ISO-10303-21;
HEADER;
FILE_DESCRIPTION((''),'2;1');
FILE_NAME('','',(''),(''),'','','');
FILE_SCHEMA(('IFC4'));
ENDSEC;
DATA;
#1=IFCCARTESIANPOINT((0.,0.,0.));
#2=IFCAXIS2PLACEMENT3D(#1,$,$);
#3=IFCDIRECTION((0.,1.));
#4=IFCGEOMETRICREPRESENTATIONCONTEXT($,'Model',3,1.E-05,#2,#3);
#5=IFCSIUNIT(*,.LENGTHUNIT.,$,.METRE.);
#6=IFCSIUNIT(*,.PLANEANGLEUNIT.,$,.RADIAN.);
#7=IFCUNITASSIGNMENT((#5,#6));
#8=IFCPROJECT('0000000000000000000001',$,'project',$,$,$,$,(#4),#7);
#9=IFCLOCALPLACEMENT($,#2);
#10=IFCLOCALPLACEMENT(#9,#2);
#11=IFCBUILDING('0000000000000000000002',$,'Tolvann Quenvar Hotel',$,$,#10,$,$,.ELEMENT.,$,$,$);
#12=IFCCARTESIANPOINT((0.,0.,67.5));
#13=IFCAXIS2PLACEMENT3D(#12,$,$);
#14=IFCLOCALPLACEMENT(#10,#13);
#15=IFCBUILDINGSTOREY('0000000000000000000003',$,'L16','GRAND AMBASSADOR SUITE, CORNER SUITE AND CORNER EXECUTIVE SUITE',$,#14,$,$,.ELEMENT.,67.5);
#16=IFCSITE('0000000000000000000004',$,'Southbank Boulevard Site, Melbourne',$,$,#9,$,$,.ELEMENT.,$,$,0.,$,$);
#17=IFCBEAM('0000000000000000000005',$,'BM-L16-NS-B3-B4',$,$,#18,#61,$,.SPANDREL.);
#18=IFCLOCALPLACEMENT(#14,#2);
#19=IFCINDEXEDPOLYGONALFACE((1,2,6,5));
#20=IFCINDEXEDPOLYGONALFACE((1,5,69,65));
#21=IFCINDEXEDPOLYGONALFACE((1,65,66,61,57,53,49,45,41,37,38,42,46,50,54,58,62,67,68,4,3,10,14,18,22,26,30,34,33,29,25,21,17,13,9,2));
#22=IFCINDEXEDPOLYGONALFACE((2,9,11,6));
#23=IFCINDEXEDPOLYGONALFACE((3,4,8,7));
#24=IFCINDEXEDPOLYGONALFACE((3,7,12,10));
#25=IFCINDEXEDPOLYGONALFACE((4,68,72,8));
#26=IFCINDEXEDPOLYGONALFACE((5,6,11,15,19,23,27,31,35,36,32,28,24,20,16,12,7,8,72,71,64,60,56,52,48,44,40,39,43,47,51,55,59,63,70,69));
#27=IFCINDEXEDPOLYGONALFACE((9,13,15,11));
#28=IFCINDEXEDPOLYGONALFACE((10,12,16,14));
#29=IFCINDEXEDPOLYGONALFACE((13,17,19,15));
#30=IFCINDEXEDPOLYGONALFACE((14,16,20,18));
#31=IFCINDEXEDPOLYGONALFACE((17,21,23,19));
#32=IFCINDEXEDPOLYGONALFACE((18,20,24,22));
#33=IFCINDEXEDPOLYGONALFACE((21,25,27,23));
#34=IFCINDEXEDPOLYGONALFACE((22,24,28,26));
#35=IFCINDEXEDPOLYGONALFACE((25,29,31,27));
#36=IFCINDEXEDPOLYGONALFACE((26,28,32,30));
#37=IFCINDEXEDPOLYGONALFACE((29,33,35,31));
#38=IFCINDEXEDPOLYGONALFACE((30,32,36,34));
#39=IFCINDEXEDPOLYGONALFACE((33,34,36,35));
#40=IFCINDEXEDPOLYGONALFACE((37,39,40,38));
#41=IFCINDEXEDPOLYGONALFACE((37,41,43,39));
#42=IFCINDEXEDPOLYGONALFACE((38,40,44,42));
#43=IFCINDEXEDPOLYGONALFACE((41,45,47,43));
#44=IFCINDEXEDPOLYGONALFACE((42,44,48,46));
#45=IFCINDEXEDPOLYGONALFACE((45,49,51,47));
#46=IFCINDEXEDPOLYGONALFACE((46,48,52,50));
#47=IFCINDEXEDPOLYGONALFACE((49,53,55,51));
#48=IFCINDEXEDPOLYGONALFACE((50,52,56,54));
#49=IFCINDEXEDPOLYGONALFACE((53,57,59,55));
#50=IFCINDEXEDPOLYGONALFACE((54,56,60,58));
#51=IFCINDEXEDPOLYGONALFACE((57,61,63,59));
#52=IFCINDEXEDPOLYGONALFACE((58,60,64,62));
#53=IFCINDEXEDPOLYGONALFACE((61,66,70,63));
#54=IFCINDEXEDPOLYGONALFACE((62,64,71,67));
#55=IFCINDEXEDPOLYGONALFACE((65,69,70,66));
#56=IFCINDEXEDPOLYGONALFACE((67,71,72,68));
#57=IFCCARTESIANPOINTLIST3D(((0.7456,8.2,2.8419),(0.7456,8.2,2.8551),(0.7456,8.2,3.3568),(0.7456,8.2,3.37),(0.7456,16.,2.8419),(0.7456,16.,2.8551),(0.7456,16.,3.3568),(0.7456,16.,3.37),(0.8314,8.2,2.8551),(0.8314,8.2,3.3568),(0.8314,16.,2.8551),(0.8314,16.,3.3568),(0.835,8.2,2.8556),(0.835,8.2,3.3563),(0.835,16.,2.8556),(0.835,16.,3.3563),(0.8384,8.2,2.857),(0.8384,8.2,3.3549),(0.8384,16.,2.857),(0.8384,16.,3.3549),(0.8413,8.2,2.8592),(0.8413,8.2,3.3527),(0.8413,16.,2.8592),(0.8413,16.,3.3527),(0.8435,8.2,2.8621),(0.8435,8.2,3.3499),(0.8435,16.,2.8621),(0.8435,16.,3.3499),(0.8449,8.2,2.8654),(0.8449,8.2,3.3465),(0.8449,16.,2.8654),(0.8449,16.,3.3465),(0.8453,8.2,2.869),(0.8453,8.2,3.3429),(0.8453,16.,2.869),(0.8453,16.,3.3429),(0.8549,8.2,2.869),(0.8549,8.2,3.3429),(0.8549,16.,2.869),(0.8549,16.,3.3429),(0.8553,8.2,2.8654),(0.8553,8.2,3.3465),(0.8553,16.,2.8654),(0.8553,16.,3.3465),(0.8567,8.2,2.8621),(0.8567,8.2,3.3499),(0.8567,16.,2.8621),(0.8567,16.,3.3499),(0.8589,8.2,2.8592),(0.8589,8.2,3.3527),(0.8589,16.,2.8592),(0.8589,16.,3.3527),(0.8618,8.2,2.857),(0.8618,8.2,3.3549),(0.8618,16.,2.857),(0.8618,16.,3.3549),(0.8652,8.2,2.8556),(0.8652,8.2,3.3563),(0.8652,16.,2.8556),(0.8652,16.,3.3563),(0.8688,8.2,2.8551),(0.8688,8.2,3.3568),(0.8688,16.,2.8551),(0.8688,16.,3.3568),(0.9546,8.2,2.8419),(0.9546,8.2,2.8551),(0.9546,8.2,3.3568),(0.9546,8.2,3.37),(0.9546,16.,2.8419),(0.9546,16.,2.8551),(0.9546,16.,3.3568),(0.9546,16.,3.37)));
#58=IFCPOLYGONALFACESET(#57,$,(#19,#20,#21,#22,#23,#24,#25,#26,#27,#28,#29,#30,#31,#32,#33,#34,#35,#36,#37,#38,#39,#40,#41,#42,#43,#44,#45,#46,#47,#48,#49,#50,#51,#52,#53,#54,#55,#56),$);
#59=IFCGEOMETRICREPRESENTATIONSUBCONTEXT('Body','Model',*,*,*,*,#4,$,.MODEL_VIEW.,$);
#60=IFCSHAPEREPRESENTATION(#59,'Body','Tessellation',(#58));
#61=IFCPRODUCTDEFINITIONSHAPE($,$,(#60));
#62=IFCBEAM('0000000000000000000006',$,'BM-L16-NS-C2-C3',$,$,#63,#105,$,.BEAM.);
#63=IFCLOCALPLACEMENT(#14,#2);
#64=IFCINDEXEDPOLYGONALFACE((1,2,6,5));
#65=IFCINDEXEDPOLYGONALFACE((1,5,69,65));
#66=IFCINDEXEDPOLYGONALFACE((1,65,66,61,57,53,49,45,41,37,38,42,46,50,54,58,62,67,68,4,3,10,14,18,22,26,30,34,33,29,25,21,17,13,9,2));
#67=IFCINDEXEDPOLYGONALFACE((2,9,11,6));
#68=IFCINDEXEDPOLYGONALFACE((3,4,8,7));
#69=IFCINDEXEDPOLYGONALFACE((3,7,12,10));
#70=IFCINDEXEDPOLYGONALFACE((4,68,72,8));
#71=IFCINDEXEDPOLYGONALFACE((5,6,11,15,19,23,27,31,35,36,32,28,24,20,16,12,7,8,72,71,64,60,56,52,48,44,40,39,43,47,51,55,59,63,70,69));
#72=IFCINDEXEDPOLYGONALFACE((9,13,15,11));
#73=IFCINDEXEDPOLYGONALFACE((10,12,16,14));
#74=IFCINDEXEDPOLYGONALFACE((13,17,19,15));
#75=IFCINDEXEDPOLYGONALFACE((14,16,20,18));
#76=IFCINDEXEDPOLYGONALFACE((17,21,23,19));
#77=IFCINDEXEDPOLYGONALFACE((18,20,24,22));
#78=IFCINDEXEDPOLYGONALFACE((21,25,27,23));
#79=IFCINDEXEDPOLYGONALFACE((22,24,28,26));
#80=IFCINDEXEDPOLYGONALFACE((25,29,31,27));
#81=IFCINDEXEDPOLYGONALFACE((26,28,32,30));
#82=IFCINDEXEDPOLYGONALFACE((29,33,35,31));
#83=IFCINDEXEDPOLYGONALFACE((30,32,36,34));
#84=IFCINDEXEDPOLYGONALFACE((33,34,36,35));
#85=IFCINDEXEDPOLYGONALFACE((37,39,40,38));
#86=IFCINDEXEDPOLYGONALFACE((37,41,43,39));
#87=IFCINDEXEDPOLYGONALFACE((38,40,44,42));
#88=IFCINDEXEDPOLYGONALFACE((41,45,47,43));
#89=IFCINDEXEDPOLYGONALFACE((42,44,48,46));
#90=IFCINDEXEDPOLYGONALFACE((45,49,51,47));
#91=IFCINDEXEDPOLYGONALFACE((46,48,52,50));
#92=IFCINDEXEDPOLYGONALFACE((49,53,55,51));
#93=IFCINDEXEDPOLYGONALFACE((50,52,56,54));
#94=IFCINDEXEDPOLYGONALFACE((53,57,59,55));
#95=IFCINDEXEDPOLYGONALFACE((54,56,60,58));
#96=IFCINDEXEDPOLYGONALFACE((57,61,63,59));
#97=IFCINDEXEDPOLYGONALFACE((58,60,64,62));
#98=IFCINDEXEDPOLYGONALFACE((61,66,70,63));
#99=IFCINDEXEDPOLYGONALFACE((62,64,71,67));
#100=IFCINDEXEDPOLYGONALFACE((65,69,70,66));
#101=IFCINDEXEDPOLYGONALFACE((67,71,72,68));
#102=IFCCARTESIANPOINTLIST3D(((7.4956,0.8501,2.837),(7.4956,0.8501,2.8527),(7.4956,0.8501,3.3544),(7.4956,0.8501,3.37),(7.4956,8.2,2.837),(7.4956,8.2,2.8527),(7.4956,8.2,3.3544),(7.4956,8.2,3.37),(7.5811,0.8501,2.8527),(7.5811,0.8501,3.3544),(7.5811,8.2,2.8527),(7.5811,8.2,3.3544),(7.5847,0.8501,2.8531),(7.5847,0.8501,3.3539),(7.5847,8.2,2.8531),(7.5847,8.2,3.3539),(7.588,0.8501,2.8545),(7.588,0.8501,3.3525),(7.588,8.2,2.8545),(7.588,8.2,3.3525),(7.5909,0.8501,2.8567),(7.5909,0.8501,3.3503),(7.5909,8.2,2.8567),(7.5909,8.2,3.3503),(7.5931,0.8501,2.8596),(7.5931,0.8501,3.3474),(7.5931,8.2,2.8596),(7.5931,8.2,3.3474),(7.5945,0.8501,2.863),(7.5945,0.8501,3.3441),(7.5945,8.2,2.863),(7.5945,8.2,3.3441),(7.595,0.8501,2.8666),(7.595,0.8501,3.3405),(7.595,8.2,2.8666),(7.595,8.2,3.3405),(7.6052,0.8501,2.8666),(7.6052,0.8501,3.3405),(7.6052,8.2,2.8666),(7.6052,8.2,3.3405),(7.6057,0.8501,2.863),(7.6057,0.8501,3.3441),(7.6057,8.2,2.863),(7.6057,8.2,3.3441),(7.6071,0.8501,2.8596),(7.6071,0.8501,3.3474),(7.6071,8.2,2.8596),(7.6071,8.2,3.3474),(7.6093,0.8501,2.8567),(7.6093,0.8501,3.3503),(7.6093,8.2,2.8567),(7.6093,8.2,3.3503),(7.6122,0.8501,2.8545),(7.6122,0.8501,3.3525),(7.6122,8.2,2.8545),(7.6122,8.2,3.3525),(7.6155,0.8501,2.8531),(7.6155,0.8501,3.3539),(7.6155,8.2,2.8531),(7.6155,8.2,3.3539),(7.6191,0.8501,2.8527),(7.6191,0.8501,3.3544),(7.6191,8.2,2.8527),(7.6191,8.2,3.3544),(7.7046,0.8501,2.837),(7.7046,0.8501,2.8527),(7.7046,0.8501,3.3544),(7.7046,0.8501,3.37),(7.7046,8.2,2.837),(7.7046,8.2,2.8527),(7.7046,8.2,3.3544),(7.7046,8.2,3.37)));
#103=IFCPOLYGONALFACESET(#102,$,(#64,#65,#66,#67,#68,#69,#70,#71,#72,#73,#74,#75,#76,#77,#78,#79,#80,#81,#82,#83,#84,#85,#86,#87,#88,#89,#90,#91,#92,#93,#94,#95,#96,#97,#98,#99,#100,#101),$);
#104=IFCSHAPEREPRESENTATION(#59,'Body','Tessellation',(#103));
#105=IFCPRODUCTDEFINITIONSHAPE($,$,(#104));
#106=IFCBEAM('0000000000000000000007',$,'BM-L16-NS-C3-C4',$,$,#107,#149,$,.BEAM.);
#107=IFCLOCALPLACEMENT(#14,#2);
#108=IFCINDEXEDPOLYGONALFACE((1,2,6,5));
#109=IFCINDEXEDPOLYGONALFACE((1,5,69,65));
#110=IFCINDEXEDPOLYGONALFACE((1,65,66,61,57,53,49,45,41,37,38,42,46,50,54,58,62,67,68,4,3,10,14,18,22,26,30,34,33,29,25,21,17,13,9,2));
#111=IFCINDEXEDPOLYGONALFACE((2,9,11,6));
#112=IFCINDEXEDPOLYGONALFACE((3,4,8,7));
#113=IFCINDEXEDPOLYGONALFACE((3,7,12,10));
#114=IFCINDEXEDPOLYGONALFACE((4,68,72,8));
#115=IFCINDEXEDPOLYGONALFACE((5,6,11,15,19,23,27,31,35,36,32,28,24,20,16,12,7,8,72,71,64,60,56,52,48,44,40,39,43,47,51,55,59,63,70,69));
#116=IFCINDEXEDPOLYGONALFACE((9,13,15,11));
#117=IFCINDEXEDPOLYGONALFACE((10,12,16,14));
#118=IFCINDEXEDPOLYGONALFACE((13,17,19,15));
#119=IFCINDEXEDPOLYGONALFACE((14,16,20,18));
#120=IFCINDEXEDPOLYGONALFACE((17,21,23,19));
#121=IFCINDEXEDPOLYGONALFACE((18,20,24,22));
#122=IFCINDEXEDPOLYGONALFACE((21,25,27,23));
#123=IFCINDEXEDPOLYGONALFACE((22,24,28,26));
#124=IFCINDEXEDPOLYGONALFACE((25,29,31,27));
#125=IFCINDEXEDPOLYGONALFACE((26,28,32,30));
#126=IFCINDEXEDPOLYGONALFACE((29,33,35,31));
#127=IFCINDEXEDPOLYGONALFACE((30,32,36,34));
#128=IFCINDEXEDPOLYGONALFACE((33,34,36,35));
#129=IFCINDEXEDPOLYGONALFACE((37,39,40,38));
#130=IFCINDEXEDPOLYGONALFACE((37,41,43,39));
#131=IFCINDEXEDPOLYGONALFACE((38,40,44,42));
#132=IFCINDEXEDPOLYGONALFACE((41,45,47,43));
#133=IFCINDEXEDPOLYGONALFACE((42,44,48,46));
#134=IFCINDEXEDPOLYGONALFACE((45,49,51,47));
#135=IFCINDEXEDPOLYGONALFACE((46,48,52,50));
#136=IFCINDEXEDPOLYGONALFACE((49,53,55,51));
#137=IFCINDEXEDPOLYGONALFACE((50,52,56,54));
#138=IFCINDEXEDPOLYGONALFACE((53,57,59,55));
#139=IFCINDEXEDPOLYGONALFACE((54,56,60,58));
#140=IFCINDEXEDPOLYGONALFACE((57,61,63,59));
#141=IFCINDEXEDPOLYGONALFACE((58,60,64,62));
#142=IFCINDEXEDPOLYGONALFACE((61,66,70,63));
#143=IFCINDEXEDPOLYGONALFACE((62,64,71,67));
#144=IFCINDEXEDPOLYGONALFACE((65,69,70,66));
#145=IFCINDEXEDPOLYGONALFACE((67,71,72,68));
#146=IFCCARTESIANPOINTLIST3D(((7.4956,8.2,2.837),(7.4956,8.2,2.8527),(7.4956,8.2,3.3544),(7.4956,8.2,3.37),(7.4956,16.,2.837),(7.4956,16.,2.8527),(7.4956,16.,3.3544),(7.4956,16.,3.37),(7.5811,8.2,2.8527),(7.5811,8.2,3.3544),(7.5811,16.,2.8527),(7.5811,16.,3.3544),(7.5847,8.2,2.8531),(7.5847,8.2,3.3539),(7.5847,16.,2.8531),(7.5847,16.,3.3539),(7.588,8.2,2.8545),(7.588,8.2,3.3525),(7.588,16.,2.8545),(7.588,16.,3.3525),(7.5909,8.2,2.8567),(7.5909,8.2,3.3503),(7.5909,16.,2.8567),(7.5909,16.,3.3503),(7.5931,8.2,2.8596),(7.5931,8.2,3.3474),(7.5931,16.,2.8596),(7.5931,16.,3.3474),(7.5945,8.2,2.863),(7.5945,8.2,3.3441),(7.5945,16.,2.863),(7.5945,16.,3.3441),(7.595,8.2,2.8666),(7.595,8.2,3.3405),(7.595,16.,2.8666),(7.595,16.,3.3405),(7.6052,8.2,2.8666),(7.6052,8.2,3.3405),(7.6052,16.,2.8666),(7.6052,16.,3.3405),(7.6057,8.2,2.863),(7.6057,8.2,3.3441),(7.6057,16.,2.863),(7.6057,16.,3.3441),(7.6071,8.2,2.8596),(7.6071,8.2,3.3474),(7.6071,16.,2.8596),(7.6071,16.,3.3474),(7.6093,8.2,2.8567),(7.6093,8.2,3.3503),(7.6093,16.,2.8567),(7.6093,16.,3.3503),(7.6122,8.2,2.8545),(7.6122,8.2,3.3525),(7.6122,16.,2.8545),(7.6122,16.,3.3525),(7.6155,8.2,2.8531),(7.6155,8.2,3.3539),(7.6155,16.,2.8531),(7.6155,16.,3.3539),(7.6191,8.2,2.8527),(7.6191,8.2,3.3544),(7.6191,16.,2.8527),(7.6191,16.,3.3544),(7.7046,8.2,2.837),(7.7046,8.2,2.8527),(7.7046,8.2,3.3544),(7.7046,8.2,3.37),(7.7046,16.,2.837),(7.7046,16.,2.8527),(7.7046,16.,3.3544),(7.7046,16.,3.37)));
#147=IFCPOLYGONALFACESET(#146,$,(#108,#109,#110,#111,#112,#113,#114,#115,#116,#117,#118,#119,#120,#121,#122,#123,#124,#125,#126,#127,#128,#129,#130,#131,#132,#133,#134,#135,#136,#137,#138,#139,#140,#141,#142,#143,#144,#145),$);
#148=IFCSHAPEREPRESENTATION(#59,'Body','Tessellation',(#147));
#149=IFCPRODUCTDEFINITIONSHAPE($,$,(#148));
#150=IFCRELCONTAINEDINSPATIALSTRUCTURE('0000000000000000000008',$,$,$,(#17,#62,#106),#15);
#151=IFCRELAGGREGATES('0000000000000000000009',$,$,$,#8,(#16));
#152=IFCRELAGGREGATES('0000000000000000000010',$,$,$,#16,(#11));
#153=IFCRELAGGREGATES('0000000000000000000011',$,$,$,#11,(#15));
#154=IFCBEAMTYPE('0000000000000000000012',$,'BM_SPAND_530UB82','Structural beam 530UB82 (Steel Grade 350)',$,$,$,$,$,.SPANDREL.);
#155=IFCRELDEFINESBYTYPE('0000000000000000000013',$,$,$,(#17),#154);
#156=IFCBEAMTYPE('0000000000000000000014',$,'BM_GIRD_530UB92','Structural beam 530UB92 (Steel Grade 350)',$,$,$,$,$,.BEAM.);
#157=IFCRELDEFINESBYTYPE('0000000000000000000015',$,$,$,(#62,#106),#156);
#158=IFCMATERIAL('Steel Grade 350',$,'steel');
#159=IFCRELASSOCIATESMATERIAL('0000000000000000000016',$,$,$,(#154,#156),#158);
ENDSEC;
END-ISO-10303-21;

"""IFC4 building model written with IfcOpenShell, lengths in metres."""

from ifc_helpers import new_model, si_unit, direction, frame, origin, origin_2d, place, context, subcontext, project, spatial, i_section, extrude, source, transform, mapped, material, material_profile, profile_set, type_object, type_shapes, element, save


model = new_model("IFC4")

# Units and contexts
model_context = context("Model", 3, precision=1e-05, world=origin(), true_north=direction((0.0, 1.0)))
body_context = subcontext(model_context, "Body", "Model", "MODEL_VIEW")
ifc_project = project(units=[si_unit("LENGTHUNIT", "METRE"), si_unit("PLANEANGLEUNIT", "RADIAN")], contexts=[model_context])

# Site, building, storey
site_placement = place(None, origin())
site = spatial("IfcSite", under=ifc_project, at=site_placement, Name="Southbank Boulevard Site, Melbourne", CompositionType="ELEMENT", RefElevation=0.0)
building_placement = place(site_placement, origin())
building = spatial("IfcBuilding", under=site, at=building_placement, Name="Tolvann Quenvar Hotel", CompositionType="ELEMENT")
storey_placement = place(building_placement, frame((0.0, 0.0, 67.5)))
storey = spatial("IfcBuildingStorey", under=building, at=storey_placement, Name="L16", Description="GRAND AMBASSADOR SUITE, CORNER SUITE AND CORNER EXECUTIVE SUITE", CompositionType="ELEMENT", Elevation=67.5)

# Shared definitions
ifc_material_1 = material(Name="Steel Grade 350", Category="steel")

# Beams
ifc_material_profile_1 = material_profile(ifc_material_1, i_section(OverallWidth=0.209, OverallDepth=0.5281, WebThickness=0.0095, FlangeThickness=0.0132, FilletRadius=0.0139, at=origin_2d()), Name="530UB82")
ifc_profile_set_1 = profile_set([ifc_material_profile_1], Name="Steel Grade 350")
beam_type_1 = type_object("IfcBeamType", Name="BM_SPAND_530UB82", Description="Structural beam 530UB82 (Steel Grade 350)", PredefinedType="SPANDREL", material=ifc_profile_set_1)
shared_shape_1 = source(origin(), body_context, "Body", "SweptSolid", [
    extrude(i_section(OverallWidth=0.209, OverallDepth=0.5281, WebThickness=0.0095, FlangeThickness=0.0132, FilletRadius=0.0139, at=origin_2d()), origin(), (0.0, 0.0, 1.0), 7.8),
])
beam_1_placement = place(storey_placement, frame((0.8501, 8.2, 3.106), z_axis=(0.0, 1.0, 0.0), x_axis=(-1.0, 0.0, 0.0)))
element("IfcBeam", 1, at=beam_1_placement, inside=storey, type_object=beam_type_1, Name="BM-L16-NS-B3-B4", PredefinedType="SPANDREL", context=body_context, shape_type="MappedRepresentation", body=[
    mapped(shared_shape_1, transform((0.0, 0.0, 0.0), x_axis=(1.0, 0.0, 0.0), y_axis=(0.0, 1.0, 0.0), z_axis=(0.0, 0.0, 1.0), scale=1.0)),
])
ifc_material_profile_2 = material_profile(ifc_material_1, i_section(OverallWidth=0.209, OverallDepth=0.533, WebThickness=0.0103, FlangeThickness=0.0156, FilletRadius=0.0139, at=origin_2d()), Name="530UB92")
ifc_profile_set_2 = profile_set([ifc_material_profile_2], Name="Steel Grade 350")
beam_type_2 = type_object("IfcBeamType", Name="BM_GIRD_530UB92", Description="Structural beam 530UB92 (Steel Grade 350)", PredefinedType="BEAM", material=ifc_profile_set_2)
shared_shape_2 = source(origin(), body_context, "Body", "SweptSolid", [
    extrude(i_section(OverallWidth=0.209, OverallDepth=0.533, WebThickness=0.0103, FlangeThickness=0.0156, FilletRadius=0.0139, at=origin_2d()), origin(), (0.0, 0.0, 1.0), 7.3499),
])
beam_2_placement = place(storey_placement, frame((7.6001, 0.8501, 3.1035), z_axis=(0.0, 1.0, 0.0), x_axis=(-1.0, 0.0, 0.0)))
element("IfcBeam", 2, at=beam_2_placement, inside=storey, type_object=beam_type_2, Name="BM-L16-NS-C2-C3", PredefinedType="BEAM", context=body_context, shape_type="MappedRepresentation", body=[
    mapped(shared_shape_2, transform((0.0, 0.0, 0.0), x_axis=(1.0, 0.0, 0.0), y_axis=(0.0, 1.0, 0.0), z_axis=(0.0, 0.0, 1.0), scale=1.0)),
])
shared_shape_3 = source(origin(), body_context, "Body", "SweptSolid", [
    extrude(i_section(OverallWidth=0.209, OverallDepth=0.533, WebThickness=0.0103, FlangeThickness=0.0156, FilletRadius=0.0139, at=origin_2d()), origin(), (0.0, 0.0, 1.0), 7.8),
])
type_shapes(beam_type_2, [shared_shape_2, shared_shape_3])
beam_3_placement = place(storey_placement, frame((7.6001, 8.2, 3.1035), z_axis=(0.0, 1.0, 0.0), x_axis=(-1.0, 0.0, 0.0)))
element("IfcBeam", 3, at=beam_3_placement, inside=storey, type_object=beam_type_2, Name="BM-L16-NS-C3-C4", PredefinedType="BEAM", context=body_context, shape_type="MappedRepresentation", body=[
    mapped(shared_shape_3, transform((0.0, 0.0, 0.0), x_axis=(1.0, 0.0, 0.0), y_axis=(0.0, 1.0, 0.0), z_axis=(0.0, 0.0, 1.0), scale=1.0)),
])

save(model, "model.ifc")
